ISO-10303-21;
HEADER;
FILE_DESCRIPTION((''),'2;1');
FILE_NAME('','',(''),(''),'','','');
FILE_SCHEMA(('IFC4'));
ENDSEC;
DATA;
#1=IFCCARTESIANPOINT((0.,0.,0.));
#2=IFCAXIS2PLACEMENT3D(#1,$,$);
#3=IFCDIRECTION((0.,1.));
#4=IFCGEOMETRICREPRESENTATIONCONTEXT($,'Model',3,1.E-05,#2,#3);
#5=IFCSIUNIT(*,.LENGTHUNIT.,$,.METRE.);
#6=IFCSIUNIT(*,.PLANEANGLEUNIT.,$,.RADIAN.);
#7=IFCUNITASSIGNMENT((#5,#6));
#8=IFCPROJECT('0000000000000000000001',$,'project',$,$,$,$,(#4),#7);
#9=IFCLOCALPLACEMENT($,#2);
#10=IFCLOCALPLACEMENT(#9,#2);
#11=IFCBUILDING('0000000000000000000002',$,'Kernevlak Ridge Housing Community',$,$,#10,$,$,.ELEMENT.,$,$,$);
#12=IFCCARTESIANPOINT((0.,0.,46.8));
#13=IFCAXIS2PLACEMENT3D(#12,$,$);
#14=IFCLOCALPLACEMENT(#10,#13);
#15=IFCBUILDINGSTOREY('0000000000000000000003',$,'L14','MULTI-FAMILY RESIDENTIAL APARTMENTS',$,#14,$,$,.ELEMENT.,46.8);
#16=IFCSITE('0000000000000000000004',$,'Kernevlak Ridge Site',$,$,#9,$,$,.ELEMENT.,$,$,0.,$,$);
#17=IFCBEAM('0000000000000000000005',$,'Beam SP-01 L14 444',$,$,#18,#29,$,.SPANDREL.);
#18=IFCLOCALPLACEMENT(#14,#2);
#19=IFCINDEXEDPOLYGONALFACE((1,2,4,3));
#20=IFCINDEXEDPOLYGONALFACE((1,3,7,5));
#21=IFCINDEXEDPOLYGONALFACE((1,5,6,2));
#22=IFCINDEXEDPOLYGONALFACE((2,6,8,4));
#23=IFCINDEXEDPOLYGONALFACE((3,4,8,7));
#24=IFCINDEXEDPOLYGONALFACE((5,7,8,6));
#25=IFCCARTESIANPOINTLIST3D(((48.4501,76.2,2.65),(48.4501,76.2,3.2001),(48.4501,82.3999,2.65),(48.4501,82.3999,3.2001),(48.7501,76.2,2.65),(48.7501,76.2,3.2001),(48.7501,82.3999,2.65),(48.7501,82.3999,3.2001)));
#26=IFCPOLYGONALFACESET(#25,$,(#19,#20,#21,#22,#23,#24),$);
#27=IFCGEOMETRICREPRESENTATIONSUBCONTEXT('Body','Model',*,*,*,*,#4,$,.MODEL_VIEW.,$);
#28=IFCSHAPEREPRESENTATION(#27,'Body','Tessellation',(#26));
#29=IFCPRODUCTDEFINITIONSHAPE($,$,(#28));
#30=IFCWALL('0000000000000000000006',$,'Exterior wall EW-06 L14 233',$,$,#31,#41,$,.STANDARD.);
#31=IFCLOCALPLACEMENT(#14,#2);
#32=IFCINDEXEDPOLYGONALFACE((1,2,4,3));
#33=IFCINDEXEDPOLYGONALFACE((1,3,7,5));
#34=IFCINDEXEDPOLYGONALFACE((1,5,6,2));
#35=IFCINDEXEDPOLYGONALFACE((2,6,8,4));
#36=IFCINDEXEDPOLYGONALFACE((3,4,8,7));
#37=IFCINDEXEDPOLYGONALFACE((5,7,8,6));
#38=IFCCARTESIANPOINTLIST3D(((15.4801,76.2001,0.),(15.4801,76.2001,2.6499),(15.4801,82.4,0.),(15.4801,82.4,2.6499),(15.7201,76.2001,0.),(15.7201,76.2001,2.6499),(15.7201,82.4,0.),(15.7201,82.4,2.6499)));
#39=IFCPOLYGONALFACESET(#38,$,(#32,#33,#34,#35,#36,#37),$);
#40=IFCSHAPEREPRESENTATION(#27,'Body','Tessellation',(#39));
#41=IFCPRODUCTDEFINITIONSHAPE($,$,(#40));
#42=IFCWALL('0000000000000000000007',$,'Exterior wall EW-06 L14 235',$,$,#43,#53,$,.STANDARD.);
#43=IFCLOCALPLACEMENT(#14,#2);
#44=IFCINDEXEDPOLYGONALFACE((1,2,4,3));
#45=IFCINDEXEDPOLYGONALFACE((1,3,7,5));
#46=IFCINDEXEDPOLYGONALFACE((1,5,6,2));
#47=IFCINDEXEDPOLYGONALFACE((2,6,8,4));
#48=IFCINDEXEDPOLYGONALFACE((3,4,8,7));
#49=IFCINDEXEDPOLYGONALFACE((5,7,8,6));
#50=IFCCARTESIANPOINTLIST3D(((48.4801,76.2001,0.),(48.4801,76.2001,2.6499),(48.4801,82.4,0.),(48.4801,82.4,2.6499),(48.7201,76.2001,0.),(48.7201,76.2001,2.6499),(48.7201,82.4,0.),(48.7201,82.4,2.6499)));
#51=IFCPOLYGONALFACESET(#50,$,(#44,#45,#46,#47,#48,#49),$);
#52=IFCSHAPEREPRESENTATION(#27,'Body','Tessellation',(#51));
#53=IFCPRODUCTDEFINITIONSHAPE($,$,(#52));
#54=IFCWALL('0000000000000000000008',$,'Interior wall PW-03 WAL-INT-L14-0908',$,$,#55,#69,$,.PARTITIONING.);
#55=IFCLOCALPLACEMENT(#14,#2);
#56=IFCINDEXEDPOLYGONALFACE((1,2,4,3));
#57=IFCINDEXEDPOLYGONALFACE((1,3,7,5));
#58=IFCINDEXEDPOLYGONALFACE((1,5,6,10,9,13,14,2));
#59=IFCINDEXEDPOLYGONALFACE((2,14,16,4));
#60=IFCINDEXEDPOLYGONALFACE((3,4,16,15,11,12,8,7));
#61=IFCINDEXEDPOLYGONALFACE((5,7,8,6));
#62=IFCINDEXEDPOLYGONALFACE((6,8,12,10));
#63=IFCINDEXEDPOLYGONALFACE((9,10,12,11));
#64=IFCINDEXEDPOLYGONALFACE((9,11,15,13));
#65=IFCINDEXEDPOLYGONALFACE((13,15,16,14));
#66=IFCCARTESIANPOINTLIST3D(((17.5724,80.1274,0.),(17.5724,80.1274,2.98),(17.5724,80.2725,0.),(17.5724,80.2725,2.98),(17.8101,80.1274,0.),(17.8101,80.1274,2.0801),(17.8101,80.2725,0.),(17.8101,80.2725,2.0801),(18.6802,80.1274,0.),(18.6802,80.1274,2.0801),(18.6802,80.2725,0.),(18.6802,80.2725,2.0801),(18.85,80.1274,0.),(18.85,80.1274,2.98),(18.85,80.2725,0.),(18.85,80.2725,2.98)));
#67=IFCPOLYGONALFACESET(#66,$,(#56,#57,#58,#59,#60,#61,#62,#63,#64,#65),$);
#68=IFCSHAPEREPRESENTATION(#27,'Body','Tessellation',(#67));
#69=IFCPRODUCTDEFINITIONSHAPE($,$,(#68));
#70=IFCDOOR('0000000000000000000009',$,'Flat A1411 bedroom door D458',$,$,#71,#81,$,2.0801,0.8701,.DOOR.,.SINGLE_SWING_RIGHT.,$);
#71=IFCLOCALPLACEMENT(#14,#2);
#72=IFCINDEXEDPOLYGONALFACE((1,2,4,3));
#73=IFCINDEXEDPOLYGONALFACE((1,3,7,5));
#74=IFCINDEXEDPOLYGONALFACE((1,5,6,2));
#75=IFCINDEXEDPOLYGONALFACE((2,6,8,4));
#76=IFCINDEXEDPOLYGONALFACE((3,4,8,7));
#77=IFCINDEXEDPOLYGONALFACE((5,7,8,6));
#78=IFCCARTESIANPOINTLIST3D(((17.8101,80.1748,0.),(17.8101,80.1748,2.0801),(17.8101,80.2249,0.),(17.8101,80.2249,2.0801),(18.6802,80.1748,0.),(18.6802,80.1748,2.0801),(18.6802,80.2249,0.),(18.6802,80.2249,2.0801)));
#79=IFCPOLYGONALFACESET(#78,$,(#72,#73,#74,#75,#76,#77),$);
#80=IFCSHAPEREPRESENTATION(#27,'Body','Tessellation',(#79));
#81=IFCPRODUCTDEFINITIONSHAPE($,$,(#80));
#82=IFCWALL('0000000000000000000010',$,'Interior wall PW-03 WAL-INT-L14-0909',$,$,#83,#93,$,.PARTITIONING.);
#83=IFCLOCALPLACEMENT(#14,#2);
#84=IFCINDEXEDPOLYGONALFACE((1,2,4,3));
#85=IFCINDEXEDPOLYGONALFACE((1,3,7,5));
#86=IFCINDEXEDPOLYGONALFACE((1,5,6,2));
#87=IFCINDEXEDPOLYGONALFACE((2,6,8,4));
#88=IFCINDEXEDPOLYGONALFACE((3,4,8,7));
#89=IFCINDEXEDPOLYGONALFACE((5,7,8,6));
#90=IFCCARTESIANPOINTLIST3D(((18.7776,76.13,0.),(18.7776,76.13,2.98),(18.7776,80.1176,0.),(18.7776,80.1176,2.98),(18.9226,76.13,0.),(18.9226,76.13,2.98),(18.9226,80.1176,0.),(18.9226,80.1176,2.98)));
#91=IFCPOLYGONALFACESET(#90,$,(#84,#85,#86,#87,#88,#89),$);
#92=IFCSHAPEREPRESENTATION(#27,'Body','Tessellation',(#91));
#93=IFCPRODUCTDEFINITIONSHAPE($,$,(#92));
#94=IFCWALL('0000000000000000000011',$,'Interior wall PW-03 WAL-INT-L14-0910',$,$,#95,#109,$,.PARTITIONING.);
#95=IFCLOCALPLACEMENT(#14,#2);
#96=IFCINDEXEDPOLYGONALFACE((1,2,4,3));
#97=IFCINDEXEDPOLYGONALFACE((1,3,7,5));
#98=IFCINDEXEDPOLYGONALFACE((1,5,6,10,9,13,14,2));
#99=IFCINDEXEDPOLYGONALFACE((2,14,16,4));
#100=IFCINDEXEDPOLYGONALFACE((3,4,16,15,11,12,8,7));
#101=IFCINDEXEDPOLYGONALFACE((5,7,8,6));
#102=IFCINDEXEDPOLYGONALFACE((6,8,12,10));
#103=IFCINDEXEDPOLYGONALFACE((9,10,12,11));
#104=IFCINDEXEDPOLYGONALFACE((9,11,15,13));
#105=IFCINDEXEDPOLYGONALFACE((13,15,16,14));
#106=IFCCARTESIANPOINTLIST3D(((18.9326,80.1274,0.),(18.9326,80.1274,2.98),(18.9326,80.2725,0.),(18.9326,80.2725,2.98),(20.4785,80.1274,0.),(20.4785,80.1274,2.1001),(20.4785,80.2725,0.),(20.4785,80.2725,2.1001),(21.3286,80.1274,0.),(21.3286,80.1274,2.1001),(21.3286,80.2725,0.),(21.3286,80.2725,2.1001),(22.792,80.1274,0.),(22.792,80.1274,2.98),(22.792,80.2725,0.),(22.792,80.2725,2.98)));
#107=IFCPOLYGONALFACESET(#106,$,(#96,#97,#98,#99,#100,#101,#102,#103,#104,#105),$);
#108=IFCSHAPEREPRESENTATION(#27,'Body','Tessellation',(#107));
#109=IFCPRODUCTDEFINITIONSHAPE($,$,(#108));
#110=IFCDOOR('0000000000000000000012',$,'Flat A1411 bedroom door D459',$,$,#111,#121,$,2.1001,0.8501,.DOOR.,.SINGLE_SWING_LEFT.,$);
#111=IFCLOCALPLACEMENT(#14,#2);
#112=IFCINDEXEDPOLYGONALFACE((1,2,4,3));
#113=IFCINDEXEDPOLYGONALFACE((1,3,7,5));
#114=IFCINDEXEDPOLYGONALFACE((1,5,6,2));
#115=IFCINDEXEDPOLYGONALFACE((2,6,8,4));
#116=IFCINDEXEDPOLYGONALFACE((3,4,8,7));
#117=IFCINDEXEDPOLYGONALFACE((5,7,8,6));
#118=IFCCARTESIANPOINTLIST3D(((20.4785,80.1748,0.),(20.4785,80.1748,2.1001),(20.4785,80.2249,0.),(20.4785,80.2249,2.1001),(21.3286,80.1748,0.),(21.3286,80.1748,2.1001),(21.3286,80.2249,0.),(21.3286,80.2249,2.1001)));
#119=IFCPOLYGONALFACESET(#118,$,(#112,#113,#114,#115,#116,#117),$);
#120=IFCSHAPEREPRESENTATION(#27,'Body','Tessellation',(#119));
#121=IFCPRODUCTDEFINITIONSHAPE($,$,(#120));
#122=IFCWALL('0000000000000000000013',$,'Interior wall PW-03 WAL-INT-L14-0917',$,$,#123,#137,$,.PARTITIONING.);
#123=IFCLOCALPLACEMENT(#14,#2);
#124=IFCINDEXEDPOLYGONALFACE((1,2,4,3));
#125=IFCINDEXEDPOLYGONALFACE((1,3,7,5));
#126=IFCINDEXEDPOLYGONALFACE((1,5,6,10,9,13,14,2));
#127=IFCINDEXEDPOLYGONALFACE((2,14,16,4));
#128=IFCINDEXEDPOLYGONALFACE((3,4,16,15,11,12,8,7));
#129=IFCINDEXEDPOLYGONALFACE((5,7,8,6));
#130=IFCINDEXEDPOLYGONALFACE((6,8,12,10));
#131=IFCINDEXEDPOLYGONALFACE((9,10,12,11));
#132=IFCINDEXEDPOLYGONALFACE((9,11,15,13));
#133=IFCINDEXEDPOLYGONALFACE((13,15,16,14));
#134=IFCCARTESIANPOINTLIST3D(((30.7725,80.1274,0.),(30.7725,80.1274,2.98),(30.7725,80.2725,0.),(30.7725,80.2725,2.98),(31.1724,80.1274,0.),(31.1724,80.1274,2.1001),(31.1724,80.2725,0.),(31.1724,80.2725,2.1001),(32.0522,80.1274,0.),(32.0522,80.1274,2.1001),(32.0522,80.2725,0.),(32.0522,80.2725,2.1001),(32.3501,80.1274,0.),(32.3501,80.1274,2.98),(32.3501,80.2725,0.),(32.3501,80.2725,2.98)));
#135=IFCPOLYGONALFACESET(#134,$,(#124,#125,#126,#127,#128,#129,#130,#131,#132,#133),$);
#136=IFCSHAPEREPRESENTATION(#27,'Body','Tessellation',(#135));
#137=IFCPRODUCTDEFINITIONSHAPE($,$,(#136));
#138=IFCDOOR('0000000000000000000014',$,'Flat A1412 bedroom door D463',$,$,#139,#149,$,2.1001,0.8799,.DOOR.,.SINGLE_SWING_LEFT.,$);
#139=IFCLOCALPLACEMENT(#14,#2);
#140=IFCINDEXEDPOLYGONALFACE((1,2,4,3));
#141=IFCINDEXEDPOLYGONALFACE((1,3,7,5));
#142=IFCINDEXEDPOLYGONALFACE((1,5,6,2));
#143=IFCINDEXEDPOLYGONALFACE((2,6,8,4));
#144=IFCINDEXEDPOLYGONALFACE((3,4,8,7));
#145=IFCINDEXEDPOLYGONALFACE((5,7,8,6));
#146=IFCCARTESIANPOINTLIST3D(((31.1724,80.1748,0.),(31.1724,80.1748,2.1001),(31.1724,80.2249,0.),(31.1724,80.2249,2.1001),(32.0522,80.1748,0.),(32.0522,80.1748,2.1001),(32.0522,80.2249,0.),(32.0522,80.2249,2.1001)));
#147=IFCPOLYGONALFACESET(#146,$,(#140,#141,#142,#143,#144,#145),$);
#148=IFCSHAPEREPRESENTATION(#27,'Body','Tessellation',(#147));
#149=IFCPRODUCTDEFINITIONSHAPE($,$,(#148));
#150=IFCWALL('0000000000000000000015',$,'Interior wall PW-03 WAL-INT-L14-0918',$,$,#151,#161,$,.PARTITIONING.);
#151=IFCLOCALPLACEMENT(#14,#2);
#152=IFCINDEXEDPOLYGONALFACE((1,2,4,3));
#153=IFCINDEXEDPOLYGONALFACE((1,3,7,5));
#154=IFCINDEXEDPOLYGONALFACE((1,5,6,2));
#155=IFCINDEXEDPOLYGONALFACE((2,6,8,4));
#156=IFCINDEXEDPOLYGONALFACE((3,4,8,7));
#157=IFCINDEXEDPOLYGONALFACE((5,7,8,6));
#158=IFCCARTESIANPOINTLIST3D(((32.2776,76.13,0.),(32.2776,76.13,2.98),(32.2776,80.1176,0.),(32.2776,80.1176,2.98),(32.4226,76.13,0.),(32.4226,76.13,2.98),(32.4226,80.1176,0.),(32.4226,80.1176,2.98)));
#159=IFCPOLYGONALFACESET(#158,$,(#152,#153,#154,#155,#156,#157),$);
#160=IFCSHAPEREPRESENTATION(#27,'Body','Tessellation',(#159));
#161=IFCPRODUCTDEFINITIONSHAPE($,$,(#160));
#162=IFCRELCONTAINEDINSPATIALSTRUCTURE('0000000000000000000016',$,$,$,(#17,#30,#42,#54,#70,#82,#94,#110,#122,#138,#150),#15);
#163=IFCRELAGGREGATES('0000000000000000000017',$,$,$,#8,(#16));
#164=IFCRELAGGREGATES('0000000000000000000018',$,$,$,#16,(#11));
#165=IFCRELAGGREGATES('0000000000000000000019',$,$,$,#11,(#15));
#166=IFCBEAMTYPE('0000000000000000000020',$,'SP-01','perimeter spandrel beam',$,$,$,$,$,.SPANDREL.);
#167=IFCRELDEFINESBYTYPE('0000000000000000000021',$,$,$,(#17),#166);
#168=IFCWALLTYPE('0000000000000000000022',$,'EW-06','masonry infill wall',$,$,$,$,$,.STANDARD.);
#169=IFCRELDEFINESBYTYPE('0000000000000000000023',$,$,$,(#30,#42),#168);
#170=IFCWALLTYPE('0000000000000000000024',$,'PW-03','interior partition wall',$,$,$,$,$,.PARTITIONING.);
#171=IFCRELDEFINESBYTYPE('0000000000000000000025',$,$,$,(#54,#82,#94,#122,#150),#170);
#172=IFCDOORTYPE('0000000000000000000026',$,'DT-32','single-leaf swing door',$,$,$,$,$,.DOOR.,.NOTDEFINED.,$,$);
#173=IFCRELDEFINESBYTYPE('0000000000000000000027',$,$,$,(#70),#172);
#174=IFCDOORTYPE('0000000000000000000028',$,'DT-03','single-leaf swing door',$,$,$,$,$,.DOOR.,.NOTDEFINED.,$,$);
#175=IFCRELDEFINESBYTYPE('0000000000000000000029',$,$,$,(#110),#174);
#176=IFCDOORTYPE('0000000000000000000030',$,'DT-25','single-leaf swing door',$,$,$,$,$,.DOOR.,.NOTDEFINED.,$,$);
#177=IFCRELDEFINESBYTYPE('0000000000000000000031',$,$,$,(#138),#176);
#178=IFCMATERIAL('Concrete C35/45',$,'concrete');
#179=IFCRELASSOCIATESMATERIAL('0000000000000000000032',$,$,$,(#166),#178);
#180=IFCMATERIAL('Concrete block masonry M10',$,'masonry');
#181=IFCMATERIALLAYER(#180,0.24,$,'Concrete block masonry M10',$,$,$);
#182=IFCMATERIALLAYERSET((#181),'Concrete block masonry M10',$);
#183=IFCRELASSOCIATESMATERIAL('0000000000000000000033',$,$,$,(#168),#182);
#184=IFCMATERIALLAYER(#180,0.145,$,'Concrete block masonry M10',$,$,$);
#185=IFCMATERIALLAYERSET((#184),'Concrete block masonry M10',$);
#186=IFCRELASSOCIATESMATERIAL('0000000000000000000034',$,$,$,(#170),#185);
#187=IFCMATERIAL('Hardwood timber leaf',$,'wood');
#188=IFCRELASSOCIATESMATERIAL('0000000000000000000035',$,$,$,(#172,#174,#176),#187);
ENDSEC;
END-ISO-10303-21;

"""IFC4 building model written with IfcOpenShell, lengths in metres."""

from ifc_helpers import new_model, si_unit, direction, frame, frame_2d, origin, origin_2d, place, context, subcontext, project, spatial, rectangle, extrude, material, layer, layer_set, material_profile, profile_set, type_object, element, fill, save


model = new_model("IFC4")

# Units and contexts
model_context = context("Model", 3, precision=1e-05, world=origin(), true_north=direction((0.0, 1.0)))
body_context = subcontext(model_context, "Body", "Model", "MODEL_VIEW")
ifc_project = project(units=[si_unit("LENGTHUNIT", "METRE"), si_unit("PLANEANGLEUNIT", "RADIAN")], contexts=[model_context])

# Site, building, storey
site_placement = place(None, origin())
site = spatial("IfcSite", under=ifc_project, at=site_placement, Name="Kernevlak Ridge Site", CompositionType="ELEMENT", RefElevation=0.0)
building_placement = place(site_placement, origin())
building = spatial("IfcBuilding", under=site, at=building_placement, Name="Kernevlak Ridge Housing Community", CompositionType="ELEMENT")
storey_placement = place(building_placement, frame((0.0, 0.0, 46.8)))
storey = spatial("IfcBuildingStorey", under=building, at=storey_placement, Name="L14", Description="MULTI-FAMILY RESIDENTIAL APARTMENTS", CompositionType="ELEMENT", Elevation=46.8)

# Beam
ifc_material_1 = material(Name="Concrete C35/45", Category="concrete")
ifc_material_profile = material_profile(ifc_material_1, rectangle(XDim=0.3, YDim=0.55, at=origin_2d()), Name="RC 300x550")
ifc_profile_set = profile_set([ifc_material_profile], Name="Concrete C35/45")
beam_type = type_object("IfcBeamType", Name="SP-01", Description="perimeter spandrel beam", PredefinedType="SPANDREL", material=ifc_profile_set)
beam_placement = place(storey_placement, frame((48.6001, 76.2, 2.925), z_axis=(0.0, 1.0, 0.0), x_axis=(-1.0, 0.0, 0.0)))
element("IfcBeam", 1, at=beam_placement, inside=storey, type_object=beam_type, Name="Beam SP-01 L14 444", PredefinedType="SPANDREL", context=body_context, shape_type="SweptSolid", body=[
    extrude(rectangle(XDim=0.3, YDim=0.55, at=origin_2d()), origin(), (0.0, 0.0, 1.0), 6.2),
])

# Walls
ifc_material_2 = material(Name="Concrete block masonry M10", Category="masonry")
ifc_layer_1 = layer(ifc_material_2, 0.24, Name="Concrete block masonry M10")
ifc_layer_set_1 = layer_set([ifc_layer_1], Name="Concrete block masonry M10")
wall_type_1 = type_object("IfcWallType", Name="EW-06", Description="masonry infill wall", PredefinedType="STANDARD", material=ifc_layer_set_1)
for number, where, z_axis, x_axis, name in (
    (2, (15.6001, 76.2, 0.0), (0.0, 0.0, 1.0), (0.0, 1.0, 0.0), "Exterior wall EW-06 L14 233"),
    (3, (48.6001, 76.2, 0.0), (0.0, 0.0, 1.0), (0.0, 1.0, 0.0), "Exterior wall EW-06 L14 235"),
):
    element("IfcWall", number, at=place(storey_placement, frame(where, z_axis=z_axis, x_axis=x_axis)), inside=storey, type_object=wall_type_1, Name=name, PredefinedType="STANDARD", context=body_context, shape_type="SweptSolid", body=[
        extrude(rectangle(XDim=6.2, YDim=0.24, at=frame_2d((3.1001, 0.0))), origin(), (0.0, 0.0, 1.0), 2.6499),
    ])

# Wall, opening, door
ifc_layer_2 = layer(ifc_material_2, 0.145, Name="Concrete block masonry M10")
ifc_layer_set_2 = layer_set([ifc_layer_2], Name="Concrete block masonry M10")
wall_type_2 = type_object("IfcWallType", Name="PW-03", Description="interior partition wall", PredefinedType="PARTITIONING", material=ifc_layer_set_2)
wall_1_placement = place(storey_placement, frame((17.5725, 80.2, 0.0), z_axis=(0.0, 0.0, 1.0), x_axis=(1.0, 0.0, 0.0)))
wall_1 = element("IfcWall", 4, at=wall_1_placement, inside=storey, type_object=wall_type_2, Name="Interior wall PW-03 WAL-INT-L14-0908", PredefinedType="PARTITIONING", context=body_context, shape_type="SweptSolid", body=[
    extrude(rectangle(XDim=1.2776, YDim=0.145, at=frame_2d((0.6387, 0.0))), origin(), (0.0, 0.0, 1.0), 2.98),
])
opening_1_placement = place(wall_1_placement, frame((0.2375, 0.0, 0.0)))
opening_1 = element("IfcOpeningElement", 5, at=opening_1_placement, cuts=wall_1, PredefinedType="OPENING", context=body_context, shape_type="SweptSolid", body=[
    extrude(rectangle(XDim=0.8701, YDim=2.0801, at=frame_2d((0.4351, 1.04))), frame((0.0, 0.0825, 0.0), z_axis=(0.0, -1.0, 0.0), x_axis=(1.0, 0.0, 0.0)), (0.0, 0.0, 1.0), 0.165),
])
ifc_material_3 = material(Name="Hardwood timber leaf", Category="wood")
door_type_1 = type_object("IfcDoorType", Name="DT-32", Description="single-leaf swing door", OperationType="NOTDEFINED", PredefinedType="DOOR", material=ifc_material_3)
door_1_placement = place(opening_1_placement, origin())
door_1 = element("IfcDoor", 6, at=door_1_placement, inside=storey, type_object=door_type_1, Name="Flat A1411 bedroom door D458", OperationType="SINGLE_SWING_RIGHT", OverallHeight=2.0801, OverallWidth=0.8701, PredefinedType="DOOR", context=body_context, shape_type="SweptSolid", body=[
    extrude(rectangle(XDim=0.8701, YDim=2.0801, at=frame_2d((0.4351, 1.04))), frame((0.0, 0.0249, 0.0), z_axis=(0.0, -1.0, 0.0), x_axis=(1.0, 0.0, 0.0)), (0.0, 0.0, 1.0), 0.05),
])
fill(opening_1, door_1)

# Wall
wall_2_placement = place(storey_placement, frame((18.8501, 80.1174, 0.0), z_axis=(0.0, 0.0, 1.0), x_axis=(0.0, -1.0, 0.0)))
element("IfcWall", 7, at=wall_2_placement, inside=storey, type_object=wall_type_2, Name="Interior wall PW-03 WAL-INT-L14-0909", PredefinedType="PARTITIONING", context=body_context, shape_type="SweptSolid", body=[
    extrude(rectangle(XDim=3.9875, YDim=0.145, at=frame_2d((1.9937, 0.0))), origin(), (0.0, 0.0, 1.0), 2.98),
])

# Walls, openings, doors
wall_3_placement = place(storey_placement, frame((18.9326, 80.2, 0.0), z_axis=(0.0, 0.0, 1.0), x_axis=(1.0, 0.0, 0.0)))
wall_3 = element("IfcWall", 8, at=wall_3_placement, inside=storey, type_object=wall_type_2, Name="Interior wall PW-03 WAL-INT-L14-0910", PredefinedType="PARTITIONING", context=body_context, shape_type="SweptSolid", body=[
    extrude(rectangle(XDim=3.8594, YDim=0.145, at=frame_2d((1.9297, 0.0))), origin(), (0.0, 0.0, 1.0), 2.98),
])
opening_2_placement = place(wall_3_placement, frame((1.5459, 0.0, 0.0)))
opening_2 = element("IfcOpeningElement", 9, at=opening_2_placement, cuts=wall_3, PredefinedType="OPENING", context=body_context, shape_type="SweptSolid", body=[
    extrude(rectangle(XDim=0.8501, YDim=2.1001, at=frame_2d((0.425, 1.05))), frame((0.0, 0.0825, 0.0), z_axis=(0.0, -1.0, 0.0), x_axis=(1.0, 0.0, 0.0)), (0.0, 0.0, 1.0), 0.165),
])
door_type_2 = type_object("IfcDoorType", Name="DT-03", Description="single-leaf swing door", OperationType="NOTDEFINED", PredefinedType="DOOR", material=ifc_material_3)
door_2_placement = place(opening_2_placement, origin())
door_2 = element("IfcDoor", 10, at=door_2_placement, inside=storey, type_object=door_type_2, Name="Flat A1411 bedroom door D459", OperationType="SINGLE_SWING_LEFT", OverallHeight=2.1001, OverallWidth=0.8501, PredefinedType="DOOR", context=body_context, shape_type="SweptSolid", body=[
    extrude(rectangle(XDim=0.8501, YDim=2.1001, at=frame_2d((0.425, 1.05))), frame((0.0, 0.0249, 0.0), z_axis=(0.0, -1.0, 0.0), x_axis=(1.0, 0.0, 0.0)), (0.0, 0.0, 1.0), 0.05),
])
fill(opening_2, door_2)
wall_4_placement = place(storey_placement, frame((30.7725, 80.2, 0.0), z_axis=(0.0, 0.0, 1.0), x_axis=(1.0, 0.0, 0.0)))
wall_4 = element("IfcWall", 11, at=wall_4_placement, inside=storey, type_object=wall_type_2, Name="Interior wall PW-03 WAL-INT-L14-0917", PredefinedType="PARTITIONING", context=body_context, shape_type="SweptSolid", body=[
    extrude(rectangle(XDim=1.5776, YDim=0.145, at=frame_2d((0.7888, 0.0))), origin(), (0.0, 0.0, 1.0), 2.98),
])
opening_3_placement = place(wall_4_placement, frame((0.3999, 0.0, 0.0)))
opening_3 = element("IfcOpeningElement", 12, at=opening_3_placement, cuts=wall_4, PredefinedType="OPENING", context=body_context, shape_type="SweptSolid", body=[
    extrude(rectangle(XDim=0.8799, YDim=2.1001, at=frame_2d((0.4399, 1.05))), frame((0.0, 0.0825, 0.0), z_axis=(0.0, -1.0, 0.0), x_axis=(1.0, 0.0, 0.0)), (0.0, 0.0, 1.0), 0.165),
])
door_type_3 = type_object("IfcDoorType", Name="DT-25", Description="single-leaf swing door", OperationType="NOTDEFINED", PredefinedType="DOOR", material=ifc_material_3)
door_3_placement = place(opening_3_placement, origin())
door_3 = element("IfcDoor", 13, at=door_3_placement, inside=storey, type_object=door_type_3, Name="Flat A1412 bedroom door D463", OperationType="SINGLE_SWING_LEFT", OverallHeight=2.1001, OverallWidth=0.8799, PredefinedType="DOOR", context=body_context, shape_type="SweptSolid", body=[
    extrude(rectangle(XDim=0.8799, YDim=2.1001, at=frame_2d((0.4399, 1.05))), frame((0.0, 0.0249, 0.0), z_axis=(0.0, -1.0, 0.0), x_axis=(1.0, 0.0, 0.0)), (0.0, 0.0, 1.0), 0.05),
])
fill(opening_3, door_3)

# Wall
wall_5_placement = place(storey_placement, frame((32.3501, 80.1174, 0.0), z_axis=(0.0, 0.0, 1.0), x_axis=(0.0, -1.0, 0.0)))
element("IfcWall", 14, at=wall_5_placement, inside=storey, type_object=wall_type_2, Name="Interior wall PW-03 WAL-INT-L14-0918", PredefinedType="PARTITIONING", context=body_context, shape_type="SweptSolid", body=[
    extrude(rectangle(XDim=3.9875, YDim=0.145, at=frame_2d((1.9937, 0.0))), origin(), (0.0, 0.0, 1.0), 2.98),
])

save(model, "model.ifc")
